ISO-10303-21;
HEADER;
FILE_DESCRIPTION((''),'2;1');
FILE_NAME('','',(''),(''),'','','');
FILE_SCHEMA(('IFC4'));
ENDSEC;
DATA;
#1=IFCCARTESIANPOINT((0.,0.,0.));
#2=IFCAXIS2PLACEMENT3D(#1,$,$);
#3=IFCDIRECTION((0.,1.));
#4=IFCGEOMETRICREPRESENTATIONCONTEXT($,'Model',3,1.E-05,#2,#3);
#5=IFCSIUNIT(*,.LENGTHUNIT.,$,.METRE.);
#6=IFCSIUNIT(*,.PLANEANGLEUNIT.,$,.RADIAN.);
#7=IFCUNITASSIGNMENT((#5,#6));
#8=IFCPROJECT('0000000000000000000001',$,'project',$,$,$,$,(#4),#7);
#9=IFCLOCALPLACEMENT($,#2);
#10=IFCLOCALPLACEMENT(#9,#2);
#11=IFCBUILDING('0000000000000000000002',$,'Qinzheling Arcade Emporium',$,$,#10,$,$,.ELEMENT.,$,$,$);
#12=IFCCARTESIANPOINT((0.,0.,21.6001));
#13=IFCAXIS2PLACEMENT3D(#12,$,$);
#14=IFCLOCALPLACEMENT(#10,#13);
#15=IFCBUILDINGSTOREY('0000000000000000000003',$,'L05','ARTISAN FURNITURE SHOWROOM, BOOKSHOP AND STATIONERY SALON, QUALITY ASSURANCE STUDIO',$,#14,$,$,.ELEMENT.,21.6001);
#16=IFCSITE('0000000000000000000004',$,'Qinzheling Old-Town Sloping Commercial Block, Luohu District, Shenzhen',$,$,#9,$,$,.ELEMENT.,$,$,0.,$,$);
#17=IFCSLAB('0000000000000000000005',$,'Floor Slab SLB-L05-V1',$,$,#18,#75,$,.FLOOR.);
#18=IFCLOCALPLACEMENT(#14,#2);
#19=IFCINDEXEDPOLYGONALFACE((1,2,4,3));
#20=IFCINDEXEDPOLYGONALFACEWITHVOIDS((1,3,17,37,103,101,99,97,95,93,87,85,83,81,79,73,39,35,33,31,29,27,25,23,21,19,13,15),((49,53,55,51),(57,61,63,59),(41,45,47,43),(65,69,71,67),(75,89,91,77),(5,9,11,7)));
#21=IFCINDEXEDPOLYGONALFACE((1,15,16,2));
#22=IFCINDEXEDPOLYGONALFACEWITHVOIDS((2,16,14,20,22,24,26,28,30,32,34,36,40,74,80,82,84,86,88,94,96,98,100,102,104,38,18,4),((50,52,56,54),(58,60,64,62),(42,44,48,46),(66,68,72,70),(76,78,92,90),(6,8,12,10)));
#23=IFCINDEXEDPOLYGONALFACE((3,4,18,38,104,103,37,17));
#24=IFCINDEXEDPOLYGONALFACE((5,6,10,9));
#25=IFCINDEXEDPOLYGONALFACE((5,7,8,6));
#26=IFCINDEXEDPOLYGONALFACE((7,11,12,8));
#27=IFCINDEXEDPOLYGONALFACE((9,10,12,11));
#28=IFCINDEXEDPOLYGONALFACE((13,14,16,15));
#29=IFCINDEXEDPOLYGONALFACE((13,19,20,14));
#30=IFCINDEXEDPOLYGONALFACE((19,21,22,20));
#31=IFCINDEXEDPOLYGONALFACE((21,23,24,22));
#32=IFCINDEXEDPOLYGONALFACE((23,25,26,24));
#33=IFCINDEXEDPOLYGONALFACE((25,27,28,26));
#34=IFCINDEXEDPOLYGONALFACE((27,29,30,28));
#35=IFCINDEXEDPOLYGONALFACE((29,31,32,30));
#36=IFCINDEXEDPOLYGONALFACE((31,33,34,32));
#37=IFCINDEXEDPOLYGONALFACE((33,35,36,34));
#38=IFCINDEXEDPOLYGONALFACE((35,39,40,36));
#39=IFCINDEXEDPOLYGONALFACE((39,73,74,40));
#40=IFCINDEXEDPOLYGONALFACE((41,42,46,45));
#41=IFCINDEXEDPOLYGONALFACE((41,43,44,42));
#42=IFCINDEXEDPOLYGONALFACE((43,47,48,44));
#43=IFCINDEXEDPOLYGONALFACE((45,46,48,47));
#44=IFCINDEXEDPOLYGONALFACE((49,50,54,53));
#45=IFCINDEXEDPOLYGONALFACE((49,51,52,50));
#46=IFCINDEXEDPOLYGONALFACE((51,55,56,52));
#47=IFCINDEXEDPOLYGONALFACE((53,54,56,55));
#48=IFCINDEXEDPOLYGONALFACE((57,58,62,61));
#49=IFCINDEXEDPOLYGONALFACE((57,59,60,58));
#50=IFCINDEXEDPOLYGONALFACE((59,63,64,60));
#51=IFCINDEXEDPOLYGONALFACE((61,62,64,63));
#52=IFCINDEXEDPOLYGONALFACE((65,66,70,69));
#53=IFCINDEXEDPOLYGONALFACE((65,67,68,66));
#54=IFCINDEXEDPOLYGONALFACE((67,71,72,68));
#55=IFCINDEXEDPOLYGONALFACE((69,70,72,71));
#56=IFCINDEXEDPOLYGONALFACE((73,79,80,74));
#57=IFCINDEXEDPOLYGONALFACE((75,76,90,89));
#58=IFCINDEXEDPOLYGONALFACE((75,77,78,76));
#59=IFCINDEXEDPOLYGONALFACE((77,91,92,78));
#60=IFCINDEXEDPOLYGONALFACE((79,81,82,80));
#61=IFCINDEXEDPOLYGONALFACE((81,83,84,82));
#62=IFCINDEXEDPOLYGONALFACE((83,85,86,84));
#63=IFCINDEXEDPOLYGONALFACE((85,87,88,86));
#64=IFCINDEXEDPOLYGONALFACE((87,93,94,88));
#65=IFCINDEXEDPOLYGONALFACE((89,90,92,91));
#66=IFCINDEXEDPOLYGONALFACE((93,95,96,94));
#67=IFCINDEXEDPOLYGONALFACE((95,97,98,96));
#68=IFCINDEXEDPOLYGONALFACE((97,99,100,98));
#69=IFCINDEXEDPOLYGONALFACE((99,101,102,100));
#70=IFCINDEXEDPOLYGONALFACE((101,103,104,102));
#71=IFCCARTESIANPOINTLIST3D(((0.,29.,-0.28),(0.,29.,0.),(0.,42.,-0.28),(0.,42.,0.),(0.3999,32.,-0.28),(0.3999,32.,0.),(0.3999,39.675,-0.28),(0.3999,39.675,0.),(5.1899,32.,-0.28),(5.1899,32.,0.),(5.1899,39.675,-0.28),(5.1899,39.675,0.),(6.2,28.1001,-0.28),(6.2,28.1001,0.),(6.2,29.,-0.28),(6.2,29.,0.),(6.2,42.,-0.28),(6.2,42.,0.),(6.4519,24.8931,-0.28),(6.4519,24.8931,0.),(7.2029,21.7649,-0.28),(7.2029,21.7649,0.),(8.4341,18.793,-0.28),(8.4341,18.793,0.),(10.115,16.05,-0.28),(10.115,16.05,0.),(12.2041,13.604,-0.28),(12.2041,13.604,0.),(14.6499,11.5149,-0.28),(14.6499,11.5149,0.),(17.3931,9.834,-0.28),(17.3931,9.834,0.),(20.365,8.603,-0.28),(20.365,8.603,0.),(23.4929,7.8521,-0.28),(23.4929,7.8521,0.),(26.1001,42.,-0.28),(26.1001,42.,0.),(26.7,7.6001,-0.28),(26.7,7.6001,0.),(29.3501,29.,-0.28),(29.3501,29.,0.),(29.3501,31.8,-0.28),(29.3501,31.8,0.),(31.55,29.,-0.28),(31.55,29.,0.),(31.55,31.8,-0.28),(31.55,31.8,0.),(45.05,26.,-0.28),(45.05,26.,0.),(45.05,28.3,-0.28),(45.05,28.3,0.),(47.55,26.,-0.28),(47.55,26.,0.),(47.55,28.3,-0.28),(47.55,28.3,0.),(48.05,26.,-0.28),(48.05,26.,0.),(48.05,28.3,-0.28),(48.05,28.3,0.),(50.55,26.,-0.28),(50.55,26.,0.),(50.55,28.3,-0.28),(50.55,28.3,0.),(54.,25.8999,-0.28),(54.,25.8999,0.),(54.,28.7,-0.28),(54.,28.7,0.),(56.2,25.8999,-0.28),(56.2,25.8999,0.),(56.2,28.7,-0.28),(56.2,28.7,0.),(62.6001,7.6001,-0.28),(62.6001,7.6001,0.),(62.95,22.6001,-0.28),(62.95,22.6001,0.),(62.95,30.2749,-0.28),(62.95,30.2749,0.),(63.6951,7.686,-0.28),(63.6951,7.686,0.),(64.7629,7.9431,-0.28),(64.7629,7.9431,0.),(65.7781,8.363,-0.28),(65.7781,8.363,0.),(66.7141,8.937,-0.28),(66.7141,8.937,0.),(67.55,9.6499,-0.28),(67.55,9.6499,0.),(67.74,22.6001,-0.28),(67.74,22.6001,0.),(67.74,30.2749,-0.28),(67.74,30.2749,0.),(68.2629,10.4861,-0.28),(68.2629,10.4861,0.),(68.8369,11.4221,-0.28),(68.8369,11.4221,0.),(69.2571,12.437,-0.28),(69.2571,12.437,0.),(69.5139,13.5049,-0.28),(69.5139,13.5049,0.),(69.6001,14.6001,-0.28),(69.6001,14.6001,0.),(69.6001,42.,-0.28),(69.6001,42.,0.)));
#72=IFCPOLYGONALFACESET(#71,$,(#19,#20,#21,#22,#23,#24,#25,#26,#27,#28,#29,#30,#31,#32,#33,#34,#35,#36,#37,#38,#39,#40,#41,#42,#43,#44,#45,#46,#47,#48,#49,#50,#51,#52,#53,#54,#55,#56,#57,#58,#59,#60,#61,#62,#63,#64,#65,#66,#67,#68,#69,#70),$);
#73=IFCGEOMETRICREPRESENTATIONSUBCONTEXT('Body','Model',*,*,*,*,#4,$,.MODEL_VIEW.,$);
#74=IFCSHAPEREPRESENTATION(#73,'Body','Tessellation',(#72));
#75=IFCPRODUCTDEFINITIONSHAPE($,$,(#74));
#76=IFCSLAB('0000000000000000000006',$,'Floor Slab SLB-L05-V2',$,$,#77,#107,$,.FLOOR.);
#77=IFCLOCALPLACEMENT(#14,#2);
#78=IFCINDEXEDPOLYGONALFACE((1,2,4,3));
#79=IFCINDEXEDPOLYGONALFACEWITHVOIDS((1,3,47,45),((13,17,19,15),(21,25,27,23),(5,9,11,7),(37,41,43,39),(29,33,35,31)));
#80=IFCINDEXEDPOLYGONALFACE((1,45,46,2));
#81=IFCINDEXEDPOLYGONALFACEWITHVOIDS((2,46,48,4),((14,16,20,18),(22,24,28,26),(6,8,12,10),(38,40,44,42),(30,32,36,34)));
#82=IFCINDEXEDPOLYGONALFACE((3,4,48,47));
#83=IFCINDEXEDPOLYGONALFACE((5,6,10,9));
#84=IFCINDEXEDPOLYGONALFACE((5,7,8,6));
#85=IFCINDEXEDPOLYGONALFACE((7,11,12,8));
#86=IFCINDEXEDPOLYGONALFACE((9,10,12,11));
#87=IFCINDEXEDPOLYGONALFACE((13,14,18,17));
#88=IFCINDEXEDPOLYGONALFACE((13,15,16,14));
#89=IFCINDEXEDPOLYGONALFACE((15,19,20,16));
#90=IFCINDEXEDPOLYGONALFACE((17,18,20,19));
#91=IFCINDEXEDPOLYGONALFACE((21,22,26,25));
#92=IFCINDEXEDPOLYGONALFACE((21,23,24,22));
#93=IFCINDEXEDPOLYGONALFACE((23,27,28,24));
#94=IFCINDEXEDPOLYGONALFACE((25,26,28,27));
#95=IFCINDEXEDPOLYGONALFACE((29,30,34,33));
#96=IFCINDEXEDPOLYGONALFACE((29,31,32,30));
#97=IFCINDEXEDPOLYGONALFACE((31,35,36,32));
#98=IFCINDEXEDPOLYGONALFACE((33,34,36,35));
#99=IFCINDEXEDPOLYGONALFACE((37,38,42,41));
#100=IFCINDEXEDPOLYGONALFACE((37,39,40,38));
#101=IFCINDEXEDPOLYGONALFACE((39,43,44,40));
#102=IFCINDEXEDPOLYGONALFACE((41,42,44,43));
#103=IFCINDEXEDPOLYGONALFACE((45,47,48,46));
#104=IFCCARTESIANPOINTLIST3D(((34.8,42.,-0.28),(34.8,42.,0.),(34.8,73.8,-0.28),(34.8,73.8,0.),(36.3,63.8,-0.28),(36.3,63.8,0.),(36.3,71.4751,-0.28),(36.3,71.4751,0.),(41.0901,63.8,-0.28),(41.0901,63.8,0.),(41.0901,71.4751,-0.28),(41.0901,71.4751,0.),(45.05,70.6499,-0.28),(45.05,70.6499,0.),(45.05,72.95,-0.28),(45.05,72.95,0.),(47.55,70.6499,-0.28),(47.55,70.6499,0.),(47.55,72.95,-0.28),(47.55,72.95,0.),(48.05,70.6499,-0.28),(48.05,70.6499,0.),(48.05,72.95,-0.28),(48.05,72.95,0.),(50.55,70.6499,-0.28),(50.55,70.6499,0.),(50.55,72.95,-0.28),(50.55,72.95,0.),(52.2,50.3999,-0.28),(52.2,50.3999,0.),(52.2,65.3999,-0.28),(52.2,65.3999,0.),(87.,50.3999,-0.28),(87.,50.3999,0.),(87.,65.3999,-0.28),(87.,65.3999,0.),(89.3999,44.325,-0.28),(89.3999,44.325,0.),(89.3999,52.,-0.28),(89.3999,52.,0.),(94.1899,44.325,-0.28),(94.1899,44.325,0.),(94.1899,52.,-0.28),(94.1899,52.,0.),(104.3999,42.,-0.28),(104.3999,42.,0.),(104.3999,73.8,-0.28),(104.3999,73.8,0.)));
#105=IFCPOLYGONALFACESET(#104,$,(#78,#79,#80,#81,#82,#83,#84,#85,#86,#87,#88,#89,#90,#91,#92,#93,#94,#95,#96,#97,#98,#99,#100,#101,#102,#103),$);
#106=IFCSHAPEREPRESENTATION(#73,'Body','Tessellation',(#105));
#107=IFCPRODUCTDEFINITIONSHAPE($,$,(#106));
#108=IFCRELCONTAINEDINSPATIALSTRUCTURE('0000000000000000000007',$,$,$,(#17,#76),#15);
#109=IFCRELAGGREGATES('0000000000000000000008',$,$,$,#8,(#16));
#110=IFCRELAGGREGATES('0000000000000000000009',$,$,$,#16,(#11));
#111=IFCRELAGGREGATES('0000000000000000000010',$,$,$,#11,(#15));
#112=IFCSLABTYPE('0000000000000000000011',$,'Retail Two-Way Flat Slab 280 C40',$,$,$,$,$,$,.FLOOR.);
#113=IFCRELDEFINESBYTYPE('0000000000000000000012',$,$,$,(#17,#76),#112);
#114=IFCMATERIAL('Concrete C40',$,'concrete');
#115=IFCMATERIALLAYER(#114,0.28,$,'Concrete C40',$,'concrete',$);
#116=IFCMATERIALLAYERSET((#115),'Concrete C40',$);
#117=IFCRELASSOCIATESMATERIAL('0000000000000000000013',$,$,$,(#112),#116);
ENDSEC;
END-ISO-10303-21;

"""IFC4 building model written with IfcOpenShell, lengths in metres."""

from ifc_helpers import new_model, si_unit, direction, frame, origin, place, context, subcontext, project, spatial, polyline, outline, extrude, material, layer, layer_set, type_object, element, save


model = new_model("IFC4")

# Units and contexts
model_context = context("Model", 3, precision=1e-05, world=origin(), true_north=direction((0.0, 1.0)))
body_context = subcontext(model_context, "Body", "Model", "MODEL_VIEW")
ifc_project = project(units=[si_unit("LENGTHUNIT", "METRE"), si_unit("PLANEANGLEUNIT", "RADIAN")], contexts=[model_context])

# Site, building, storey
site_placement = place(None, origin())
site = spatial("IfcSite", under=ifc_project, at=site_placement, Name="Qinzheling Old-Town Sloping Commercial Block, Luohu District, Shenzhen", CompositionType="ELEMENT", RefElevation=0.0)
building_placement = place(site_placement, origin())
building = spatial("IfcBuilding", under=site, at=building_placement, Name="Qinzheling Arcade Emporium", CompositionType="ELEMENT")
storey_placement = place(building_placement, frame((0.0, 0.0, 21.6001)))
storey = spatial("IfcBuildingStorey", under=building, at=storey_placement, Name="L05", Description="ARTISAN FURNITURE SHOWROOM, BOOKSHOP AND STATIONERY SALON, QUALITY ASSURANCE STUDIO", CompositionType="ELEMENT", Elevation=21.6001)

# Slabs
ifc_material = material(Name="Concrete C40", Category="concrete")
ifc_layer_1 = layer(ifc_material, 0.28, Name="Concrete C40", Category="concrete")
ifc_layer_set_1 = layer_set([ifc_layer_1], Name="Concrete C40")
slab_type_1 = type_object("IfcSlabType", Name="Retail Two-Way Flat Slab 280 C40", PredefinedType="FLOOR", material=ifc_layer_set_1)
slab_1_placement = place(storey_placement, frame((0.0, 0.0, -0.28)))
element("IfcSlab", 1, at=slab_1_placement, inside=storey, type_object=slab_type_1, Name="Floor Slab SLB-L05-V1", PredefinedType="FLOOR", context=body_context, shape_type="SweptSolid", body=[
    extrude(outline(polyline([(26.1001, 42.0), (6.2, 42.0), (0.0, 42.0), (0.0, 29.0), (6.2, 29.0), (6.2, 28.1001), (6.4519, 24.8931), (7.2029, 21.7649), (8.4341, 18.793), (10.115, 16.05), (12.2041, 13.604), (14.6499, 11.5149), (17.3931, 9.834), (20.365, 8.603), (23.4929, 7.8521), (26.7, 7.6001), (62.6001, 7.6001), (63.6951, 7.686), (64.7629, 7.9431), (65.7781, 8.363), (66.7141, 8.937), (67.55, 9.6499), (68.2629, 10.4861), (68.8369, 11.4221), (69.2571, 12.437), (69.5139, 13.5049), (69.6001, 14.6001), (69.6001, 42.0), (26.1001, 42.0)]), holes=[polyline([(67.74, 22.6001), (62.95, 22.6001), (62.95, 30.2749), (67.74, 30.2749), (67.74, 22.6001)]), polyline([(56.2, 25.8999), (54.0, 25.8999), (54.0, 28.7), (56.2, 28.7), (56.2, 25.8999)]), polyline([(50.55, 26.0), (48.05, 26.0), (48.05, 28.3), (50.55, 28.3), (50.55, 26.0)]), polyline([(47.55, 26.0), (45.05, 26.0), (45.05, 28.3), (47.55, 28.3), (47.55, 26.0)]), polyline([(31.55, 29.0), (29.3501, 29.0), (29.3501, 31.8), (31.55, 31.8), (31.55, 29.0)]), polyline([(5.1899, 32.0), (0.3999, 32.0), (0.3999, 39.675), (5.1899, 39.675), (5.1899, 32.0)])]), origin(), (0.0, 0.0, 1.0), 0.28),
])
slab_2_placement = place(storey_placement, frame((0.0, 0.0, -0.28)))
element("IfcSlab", 2, at=slab_2_placement, inside=storey, type_object=slab_type_1, Name="Floor Slab SLB-L05-V2", PredefinedType="FLOOR", context=body_context, shape_type="SweptSolid", body=[
    extrude(outline(polyline([(34.8, 42.0), (104.3999, 42.0), (104.3999, 73.8), (34.8, 73.8), (34.8, 42.0)]), holes=[polyline([(94.1899, 44.325), (89.3999, 44.325), (89.3999, 52.0), (94.1899, 52.0), (94.1899, 44.325)]), polyline([(87.0, 50.3999), (52.2, 50.3999), (52.2, 65.3999), (87.0, 65.3999), (87.0, 50.3999)]), polyline([(50.55, 70.6499), (48.05, 70.6499), (48.05, 72.95), (50.55, 72.95), (50.55, 70.6499)]), polyline([(47.55, 70.6499), (45.05, 70.6499), (45.05, 72.95), (47.55, 72.95), (47.55, 70.6499)]), polyline([(41.0901, 63.8), (36.3, 63.8), (36.3, 71.4751), (41.0901, 71.4751), (41.0901, 63.8)])]), origin(), (0.0, 0.0, 1.0), 0.28),
])

save(model, "model.ifc")
